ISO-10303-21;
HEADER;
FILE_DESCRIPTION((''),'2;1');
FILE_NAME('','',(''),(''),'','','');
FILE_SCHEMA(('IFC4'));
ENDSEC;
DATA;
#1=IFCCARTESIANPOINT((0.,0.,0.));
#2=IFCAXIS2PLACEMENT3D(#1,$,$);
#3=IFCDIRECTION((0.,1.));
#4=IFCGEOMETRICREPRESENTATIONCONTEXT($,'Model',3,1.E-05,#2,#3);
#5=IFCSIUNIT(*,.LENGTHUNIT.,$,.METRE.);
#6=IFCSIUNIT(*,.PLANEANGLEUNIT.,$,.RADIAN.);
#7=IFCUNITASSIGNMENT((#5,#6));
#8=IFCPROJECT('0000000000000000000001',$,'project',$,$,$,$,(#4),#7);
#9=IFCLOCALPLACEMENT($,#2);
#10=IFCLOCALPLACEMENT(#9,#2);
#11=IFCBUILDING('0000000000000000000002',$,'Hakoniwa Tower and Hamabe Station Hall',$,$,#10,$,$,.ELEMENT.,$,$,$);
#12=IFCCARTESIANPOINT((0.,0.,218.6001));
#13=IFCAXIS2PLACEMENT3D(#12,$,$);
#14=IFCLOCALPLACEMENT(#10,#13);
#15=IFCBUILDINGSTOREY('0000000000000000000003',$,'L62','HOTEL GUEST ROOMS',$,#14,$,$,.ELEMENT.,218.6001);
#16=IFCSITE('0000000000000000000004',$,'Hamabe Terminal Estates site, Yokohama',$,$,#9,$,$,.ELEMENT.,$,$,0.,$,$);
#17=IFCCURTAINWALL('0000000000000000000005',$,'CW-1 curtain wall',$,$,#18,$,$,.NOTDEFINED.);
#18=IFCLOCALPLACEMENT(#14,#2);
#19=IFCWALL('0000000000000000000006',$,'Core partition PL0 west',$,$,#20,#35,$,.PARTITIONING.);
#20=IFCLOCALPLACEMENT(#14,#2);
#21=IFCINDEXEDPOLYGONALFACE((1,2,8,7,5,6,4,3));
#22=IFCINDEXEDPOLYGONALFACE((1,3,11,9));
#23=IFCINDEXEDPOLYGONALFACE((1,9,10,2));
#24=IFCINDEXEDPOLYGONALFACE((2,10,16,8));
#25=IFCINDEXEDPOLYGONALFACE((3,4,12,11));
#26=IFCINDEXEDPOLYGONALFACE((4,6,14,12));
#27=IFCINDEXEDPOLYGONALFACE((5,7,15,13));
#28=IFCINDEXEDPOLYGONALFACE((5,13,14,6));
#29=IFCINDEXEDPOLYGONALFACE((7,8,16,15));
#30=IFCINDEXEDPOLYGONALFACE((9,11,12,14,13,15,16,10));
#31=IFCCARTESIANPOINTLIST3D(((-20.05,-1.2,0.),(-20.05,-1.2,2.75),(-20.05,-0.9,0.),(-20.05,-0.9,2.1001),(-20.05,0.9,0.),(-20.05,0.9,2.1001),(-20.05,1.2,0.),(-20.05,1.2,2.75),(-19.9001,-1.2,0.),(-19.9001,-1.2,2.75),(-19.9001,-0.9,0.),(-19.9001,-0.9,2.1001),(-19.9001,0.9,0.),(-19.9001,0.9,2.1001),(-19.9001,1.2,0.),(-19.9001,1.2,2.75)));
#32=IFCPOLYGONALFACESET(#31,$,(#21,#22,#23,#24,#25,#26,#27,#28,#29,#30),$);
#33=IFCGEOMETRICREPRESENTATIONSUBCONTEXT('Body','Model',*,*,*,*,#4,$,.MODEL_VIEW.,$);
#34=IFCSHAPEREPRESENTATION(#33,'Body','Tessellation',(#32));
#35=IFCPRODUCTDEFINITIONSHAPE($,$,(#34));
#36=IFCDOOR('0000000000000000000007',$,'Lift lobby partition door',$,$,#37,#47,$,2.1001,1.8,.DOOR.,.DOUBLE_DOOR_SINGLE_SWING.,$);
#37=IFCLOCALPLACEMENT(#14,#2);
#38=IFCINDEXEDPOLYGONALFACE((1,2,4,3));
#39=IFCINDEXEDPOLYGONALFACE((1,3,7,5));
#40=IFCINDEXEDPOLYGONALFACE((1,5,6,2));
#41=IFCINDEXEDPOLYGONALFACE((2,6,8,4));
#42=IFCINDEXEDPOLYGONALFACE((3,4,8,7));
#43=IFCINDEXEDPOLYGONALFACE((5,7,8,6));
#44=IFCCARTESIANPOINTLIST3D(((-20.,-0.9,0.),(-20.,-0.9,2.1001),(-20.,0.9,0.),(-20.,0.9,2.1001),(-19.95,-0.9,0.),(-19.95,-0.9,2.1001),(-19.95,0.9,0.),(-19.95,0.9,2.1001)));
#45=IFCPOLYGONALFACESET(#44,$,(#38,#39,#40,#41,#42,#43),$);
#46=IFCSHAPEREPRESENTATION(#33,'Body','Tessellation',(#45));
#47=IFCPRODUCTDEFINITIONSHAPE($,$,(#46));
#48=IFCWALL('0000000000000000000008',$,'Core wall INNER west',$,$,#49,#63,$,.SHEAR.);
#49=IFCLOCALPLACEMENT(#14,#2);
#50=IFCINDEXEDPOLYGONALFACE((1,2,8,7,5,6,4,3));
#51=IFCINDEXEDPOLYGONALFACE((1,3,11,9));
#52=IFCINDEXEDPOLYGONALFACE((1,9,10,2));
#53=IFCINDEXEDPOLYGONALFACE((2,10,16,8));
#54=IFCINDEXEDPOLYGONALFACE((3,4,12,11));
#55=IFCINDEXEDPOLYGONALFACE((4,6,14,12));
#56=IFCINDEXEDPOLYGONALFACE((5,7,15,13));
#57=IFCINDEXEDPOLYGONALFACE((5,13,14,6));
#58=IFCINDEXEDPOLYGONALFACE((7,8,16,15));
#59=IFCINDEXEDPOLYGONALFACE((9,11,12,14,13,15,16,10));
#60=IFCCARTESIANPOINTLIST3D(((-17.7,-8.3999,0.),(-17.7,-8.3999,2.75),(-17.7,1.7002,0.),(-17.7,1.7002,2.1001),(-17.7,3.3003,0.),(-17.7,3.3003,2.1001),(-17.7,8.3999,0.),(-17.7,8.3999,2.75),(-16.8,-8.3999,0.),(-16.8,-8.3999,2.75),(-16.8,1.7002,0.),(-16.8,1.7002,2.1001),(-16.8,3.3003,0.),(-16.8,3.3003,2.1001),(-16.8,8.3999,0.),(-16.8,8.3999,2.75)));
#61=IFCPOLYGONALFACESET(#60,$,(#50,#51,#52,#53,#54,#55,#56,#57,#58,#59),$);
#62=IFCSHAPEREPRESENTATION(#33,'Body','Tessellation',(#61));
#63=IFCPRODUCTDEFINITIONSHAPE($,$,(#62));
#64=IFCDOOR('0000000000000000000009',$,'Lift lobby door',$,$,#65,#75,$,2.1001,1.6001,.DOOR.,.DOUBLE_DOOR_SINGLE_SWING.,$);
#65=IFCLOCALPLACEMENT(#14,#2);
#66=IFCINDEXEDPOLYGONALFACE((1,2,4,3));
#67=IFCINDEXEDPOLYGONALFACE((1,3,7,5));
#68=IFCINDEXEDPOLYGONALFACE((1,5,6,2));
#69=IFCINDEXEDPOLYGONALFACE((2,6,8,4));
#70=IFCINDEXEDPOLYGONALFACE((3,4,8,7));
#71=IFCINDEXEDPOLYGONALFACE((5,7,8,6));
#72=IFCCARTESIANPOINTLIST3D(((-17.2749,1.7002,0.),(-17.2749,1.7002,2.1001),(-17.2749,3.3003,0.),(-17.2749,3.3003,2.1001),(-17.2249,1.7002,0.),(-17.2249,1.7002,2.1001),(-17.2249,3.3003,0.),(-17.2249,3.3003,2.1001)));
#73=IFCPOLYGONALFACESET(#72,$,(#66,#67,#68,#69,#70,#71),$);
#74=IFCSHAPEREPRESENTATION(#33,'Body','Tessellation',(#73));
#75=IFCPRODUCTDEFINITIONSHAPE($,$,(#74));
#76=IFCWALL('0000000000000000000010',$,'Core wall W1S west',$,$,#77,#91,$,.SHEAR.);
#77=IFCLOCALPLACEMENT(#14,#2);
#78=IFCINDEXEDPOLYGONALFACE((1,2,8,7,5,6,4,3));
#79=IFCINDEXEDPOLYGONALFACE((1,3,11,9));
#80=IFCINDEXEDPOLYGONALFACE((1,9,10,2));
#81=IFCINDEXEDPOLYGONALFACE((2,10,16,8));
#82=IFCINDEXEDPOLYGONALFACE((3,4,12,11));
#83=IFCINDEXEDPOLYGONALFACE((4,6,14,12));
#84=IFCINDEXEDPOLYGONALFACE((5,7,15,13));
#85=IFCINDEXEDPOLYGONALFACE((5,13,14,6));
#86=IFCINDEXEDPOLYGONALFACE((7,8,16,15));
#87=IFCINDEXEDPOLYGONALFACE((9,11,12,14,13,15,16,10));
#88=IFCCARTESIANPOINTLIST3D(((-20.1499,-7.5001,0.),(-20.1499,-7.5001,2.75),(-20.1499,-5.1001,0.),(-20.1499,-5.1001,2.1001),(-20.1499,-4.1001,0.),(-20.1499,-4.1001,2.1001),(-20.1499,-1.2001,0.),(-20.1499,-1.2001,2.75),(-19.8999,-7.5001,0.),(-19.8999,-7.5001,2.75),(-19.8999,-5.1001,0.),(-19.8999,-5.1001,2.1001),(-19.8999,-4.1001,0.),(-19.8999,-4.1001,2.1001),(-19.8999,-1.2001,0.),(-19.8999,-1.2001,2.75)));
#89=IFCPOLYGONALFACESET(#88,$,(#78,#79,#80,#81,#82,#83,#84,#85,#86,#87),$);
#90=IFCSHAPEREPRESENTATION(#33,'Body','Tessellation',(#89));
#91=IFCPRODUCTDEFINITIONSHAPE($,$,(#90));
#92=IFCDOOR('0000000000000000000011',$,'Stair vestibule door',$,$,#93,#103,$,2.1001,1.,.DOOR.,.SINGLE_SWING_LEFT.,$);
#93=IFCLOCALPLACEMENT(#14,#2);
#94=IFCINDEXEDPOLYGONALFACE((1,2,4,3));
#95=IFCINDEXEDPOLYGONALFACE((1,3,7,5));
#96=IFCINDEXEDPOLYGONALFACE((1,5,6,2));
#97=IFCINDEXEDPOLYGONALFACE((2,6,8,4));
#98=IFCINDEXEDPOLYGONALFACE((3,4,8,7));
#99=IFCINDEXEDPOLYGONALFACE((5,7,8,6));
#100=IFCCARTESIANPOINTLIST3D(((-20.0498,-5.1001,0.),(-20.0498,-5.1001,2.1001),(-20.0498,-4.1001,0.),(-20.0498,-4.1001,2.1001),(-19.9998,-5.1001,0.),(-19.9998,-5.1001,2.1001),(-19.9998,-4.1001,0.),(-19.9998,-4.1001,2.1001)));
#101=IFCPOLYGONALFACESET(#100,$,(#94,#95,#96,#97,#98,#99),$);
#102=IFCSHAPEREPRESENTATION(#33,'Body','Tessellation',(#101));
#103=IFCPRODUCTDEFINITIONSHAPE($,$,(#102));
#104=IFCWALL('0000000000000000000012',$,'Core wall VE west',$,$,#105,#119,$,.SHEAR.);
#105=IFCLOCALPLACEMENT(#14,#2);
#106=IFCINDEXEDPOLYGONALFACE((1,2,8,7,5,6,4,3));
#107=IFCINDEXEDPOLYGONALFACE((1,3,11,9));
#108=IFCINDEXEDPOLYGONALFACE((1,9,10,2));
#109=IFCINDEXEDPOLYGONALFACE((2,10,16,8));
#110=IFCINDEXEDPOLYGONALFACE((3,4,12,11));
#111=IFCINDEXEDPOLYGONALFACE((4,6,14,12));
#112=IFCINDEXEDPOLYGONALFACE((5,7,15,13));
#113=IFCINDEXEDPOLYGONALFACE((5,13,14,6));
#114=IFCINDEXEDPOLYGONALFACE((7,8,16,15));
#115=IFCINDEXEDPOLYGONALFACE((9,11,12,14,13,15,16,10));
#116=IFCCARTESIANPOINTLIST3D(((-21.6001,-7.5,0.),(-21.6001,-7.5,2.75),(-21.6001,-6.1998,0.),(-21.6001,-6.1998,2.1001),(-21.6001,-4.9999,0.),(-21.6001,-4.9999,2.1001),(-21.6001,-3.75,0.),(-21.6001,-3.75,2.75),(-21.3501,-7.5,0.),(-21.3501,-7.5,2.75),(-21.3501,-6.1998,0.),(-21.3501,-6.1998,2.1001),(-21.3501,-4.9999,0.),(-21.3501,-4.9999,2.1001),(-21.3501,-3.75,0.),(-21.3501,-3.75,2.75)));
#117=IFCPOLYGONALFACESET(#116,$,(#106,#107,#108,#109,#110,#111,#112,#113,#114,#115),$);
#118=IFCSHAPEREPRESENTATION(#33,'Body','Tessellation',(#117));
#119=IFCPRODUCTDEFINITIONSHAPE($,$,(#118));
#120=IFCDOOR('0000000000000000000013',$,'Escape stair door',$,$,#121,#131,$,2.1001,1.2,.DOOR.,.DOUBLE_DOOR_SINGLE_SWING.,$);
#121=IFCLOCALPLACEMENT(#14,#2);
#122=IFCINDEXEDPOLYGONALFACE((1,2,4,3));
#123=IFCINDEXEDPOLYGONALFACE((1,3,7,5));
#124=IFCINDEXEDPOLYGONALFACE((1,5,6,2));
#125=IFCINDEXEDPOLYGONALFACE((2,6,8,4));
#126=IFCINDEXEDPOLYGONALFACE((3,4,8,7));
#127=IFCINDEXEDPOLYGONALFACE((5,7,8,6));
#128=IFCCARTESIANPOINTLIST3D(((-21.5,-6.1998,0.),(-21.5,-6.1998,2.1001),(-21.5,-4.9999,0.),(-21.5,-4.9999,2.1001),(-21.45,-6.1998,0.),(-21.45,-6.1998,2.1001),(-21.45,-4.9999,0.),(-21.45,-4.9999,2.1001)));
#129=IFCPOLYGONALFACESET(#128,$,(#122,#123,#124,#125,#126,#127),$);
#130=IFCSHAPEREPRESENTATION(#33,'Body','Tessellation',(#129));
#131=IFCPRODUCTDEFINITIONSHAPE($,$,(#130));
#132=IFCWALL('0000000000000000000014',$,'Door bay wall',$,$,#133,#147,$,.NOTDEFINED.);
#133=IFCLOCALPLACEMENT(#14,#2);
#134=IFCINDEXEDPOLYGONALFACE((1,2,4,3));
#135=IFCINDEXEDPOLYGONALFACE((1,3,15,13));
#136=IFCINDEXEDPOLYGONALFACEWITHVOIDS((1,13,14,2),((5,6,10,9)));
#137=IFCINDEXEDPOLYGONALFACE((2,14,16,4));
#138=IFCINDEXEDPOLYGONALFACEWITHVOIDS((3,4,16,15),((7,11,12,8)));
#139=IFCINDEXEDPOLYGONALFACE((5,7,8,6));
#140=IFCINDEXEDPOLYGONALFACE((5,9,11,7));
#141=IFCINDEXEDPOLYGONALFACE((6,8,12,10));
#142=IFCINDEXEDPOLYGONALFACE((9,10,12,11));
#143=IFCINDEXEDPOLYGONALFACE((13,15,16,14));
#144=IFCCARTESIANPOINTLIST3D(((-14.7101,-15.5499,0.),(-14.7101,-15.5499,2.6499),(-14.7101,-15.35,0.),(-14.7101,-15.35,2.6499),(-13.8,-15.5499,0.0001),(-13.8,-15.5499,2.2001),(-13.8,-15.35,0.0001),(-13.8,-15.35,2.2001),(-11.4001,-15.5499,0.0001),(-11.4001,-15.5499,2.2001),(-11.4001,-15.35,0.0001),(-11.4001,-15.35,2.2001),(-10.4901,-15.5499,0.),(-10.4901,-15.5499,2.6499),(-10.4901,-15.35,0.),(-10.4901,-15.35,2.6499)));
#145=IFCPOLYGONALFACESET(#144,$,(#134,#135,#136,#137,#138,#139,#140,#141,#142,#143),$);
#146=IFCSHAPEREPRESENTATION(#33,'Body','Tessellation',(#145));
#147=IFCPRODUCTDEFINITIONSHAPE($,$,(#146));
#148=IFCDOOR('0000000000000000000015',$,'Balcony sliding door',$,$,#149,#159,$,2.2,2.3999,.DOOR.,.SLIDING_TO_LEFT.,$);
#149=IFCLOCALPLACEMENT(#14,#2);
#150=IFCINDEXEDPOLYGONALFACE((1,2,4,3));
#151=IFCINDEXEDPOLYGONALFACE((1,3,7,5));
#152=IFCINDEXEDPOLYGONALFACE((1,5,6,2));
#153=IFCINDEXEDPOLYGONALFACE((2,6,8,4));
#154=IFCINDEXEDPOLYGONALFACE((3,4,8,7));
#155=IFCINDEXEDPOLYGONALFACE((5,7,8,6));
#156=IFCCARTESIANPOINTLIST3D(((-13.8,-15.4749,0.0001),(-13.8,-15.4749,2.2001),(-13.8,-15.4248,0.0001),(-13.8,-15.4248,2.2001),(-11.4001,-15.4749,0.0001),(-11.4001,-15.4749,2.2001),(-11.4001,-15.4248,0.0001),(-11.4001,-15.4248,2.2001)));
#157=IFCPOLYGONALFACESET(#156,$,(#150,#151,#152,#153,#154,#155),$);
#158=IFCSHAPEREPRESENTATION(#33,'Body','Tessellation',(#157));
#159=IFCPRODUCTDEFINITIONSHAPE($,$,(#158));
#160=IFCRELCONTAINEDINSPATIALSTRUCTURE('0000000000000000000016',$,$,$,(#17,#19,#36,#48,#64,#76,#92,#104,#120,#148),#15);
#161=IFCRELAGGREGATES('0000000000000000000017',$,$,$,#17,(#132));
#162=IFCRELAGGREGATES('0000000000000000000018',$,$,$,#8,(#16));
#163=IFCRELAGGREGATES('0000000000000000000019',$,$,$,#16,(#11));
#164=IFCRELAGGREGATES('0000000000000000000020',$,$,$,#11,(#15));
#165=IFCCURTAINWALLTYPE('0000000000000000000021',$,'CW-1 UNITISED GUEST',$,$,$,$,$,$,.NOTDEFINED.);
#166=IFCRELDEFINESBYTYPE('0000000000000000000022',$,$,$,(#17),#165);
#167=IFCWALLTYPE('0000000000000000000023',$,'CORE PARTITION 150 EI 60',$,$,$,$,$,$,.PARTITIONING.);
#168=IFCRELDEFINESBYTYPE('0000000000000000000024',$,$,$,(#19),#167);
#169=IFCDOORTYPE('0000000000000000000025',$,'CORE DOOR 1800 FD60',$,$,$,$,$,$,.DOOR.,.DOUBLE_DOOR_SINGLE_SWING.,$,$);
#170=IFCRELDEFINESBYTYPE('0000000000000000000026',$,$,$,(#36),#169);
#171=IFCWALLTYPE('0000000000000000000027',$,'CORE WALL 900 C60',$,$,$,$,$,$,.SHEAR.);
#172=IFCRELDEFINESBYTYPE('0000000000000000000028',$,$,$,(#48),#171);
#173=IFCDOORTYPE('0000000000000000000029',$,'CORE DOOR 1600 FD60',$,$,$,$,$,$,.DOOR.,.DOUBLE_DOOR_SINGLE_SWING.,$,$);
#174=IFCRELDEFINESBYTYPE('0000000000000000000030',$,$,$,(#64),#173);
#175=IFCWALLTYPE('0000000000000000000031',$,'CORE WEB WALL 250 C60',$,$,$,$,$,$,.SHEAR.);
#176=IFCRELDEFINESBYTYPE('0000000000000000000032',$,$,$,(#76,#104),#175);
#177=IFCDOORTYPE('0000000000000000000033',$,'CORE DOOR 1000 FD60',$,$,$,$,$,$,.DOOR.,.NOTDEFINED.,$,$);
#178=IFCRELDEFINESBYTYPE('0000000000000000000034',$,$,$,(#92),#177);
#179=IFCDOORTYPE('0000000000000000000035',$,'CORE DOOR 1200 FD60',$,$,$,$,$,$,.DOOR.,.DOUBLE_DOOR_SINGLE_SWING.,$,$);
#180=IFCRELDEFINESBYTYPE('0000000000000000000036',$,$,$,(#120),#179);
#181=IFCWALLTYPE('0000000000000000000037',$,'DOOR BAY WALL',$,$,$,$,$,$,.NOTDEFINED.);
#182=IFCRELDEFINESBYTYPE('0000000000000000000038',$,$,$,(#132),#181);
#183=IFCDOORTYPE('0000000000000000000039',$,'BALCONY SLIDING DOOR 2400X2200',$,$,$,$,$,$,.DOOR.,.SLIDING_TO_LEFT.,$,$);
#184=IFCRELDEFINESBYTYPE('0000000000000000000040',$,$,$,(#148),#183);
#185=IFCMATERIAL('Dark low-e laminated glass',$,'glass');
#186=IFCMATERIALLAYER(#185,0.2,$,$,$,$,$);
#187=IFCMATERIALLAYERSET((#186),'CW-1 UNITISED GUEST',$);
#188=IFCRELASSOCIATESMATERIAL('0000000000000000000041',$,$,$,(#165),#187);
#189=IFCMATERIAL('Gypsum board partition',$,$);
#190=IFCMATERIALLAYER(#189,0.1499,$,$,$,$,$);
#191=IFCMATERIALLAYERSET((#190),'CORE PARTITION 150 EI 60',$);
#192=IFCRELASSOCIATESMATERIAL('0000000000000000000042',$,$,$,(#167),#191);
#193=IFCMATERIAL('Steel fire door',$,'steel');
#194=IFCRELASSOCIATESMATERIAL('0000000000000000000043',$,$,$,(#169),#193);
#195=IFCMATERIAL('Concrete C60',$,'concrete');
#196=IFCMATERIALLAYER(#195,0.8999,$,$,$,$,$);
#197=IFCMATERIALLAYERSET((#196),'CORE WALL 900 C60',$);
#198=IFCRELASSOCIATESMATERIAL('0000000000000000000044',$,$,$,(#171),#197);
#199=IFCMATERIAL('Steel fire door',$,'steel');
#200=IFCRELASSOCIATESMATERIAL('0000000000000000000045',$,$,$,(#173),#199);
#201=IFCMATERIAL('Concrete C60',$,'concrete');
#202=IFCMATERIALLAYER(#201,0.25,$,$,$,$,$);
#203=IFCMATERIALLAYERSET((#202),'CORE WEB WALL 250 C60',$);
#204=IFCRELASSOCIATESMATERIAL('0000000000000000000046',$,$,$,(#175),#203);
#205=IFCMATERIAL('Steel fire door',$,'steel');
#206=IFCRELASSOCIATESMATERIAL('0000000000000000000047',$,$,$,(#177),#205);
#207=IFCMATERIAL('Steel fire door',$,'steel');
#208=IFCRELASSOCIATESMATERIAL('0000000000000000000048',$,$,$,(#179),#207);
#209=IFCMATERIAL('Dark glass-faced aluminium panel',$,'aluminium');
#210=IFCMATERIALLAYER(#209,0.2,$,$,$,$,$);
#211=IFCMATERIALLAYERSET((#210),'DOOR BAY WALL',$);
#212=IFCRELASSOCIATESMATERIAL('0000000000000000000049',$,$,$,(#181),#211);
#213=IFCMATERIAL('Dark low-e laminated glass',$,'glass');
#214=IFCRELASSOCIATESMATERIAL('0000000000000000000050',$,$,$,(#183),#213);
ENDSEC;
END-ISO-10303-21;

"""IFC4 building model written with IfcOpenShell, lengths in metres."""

from ifc_helpers import new_model, si_unit, direction, frame, frame_2d, origin, place, context, subcontext, project, spatial, rectangle, extrude, material, layer, layer_set, type_object, element, fill, aggregate, save


model = new_model("IFC4")

# Units and contexts
model_context = context("Model", 3, precision=1e-05, world=origin(), true_north=direction((0.0, 1.0)))
body_context = subcontext(model_context, "Body", "Model", "MODEL_VIEW")
ifc_project = project(units=[si_unit("LENGTHUNIT", "METRE"), si_unit("PLANEANGLEUNIT", "RADIAN")], contexts=[model_context])

# Site, building, storey
site_placement = place(None, origin())
site = spatial("IfcSite", under=ifc_project, at=site_placement, Name="Hamabe Terminal Estates site, Yokohama", CompositionType="ELEMENT", RefElevation=0.0)
building_placement = place(site_placement, origin())
building = spatial("IfcBuilding", under=site, at=building_placement, Name="Hakoniwa Tower and Hamabe Station Hall", CompositionType="ELEMENT")
storey_placement = place(building_placement, frame((0.0, 0.0, 218.6001)))
storey = spatial("IfcBuildingStorey", under=building, at=storey_placement, Name="L62", Description="HOTEL GUEST ROOMS", CompositionType="ELEMENT", Elevation=218.6001)

# Curtain wall
ifc_material_1 = material(Name="Dark low-e laminated glass", Category="glass")
ifc_layer_1 = layer(ifc_material_1, 0.2)
ifc_layer_set_1 = layer_set([ifc_layer_1], Name="CW-1 UNITISED GUEST")
curtain_wall_type = type_object("IfcCurtainWallType", Name="CW-1 UNITISED GUEST", PredefinedType="NOTDEFINED", material=ifc_layer_set_1)
curtain_wall_placement = place(storey_placement, origin())
curtain_wall = element("IfcCurtainWall", 1, at=curtain_wall_placement, inside=storey, type_object=curtain_wall_type, Name="CW-1 curtain wall", PredefinedType="NOTDEFINED")

# Walls, openings, doors
ifc_material_2 = material(Name="Gypsum board partition")
ifc_layer_2 = layer(ifc_material_2, 0.1499)
ifc_layer_set_2 = layer_set([ifc_layer_2], Name="CORE PARTITION 150 EI 60")
wall_type_1 = type_object("IfcWallType", Name="CORE PARTITION 150 EI 60", PredefinedType="PARTITIONING", material=ifc_layer_set_2)
wall_1_placement = place(storey_placement, frame((-19.9751, -1.2, 0.0), z_axis=(0.0, 0.0, 1.0), x_axis=(0.0, 1.0, 0.0)))
wall_1 = element("IfcWall", 2, at=wall_1_placement, inside=storey, type_object=wall_type_1, Name="Core partition PL0 west", PredefinedType="PARTITIONING", context=body_context, shape_type="SweptSolid", body=[
    extrude(rectangle(XDim=2.3999, YDim=0.1499, at=frame_2d((1.2, 0.0))), origin(), (0.0, 0.0, 1.0), 2.75),
])
opening_1_placement = place(wall_1_placement, frame((0.3, 0.0, 0.0)))
opening_1 = element("IfcOpeningElement", 3, at=opening_1_placement, cuts=wall_1, PredefinedType="OPENING", context=body_context, shape_type="SweptSolid", body=[
    extrude(rectangle(XDim=1.8, YDim=2.1001, at=frame_2d((0.8999, 1.05))), frame((0.0, 0.085, 0.0), z_axis=(0.0, -1.0, 0.0), x_axis=(1.0, 0.0, 0.0)), (0.0, 0.0, 1.0), 0.1699),
])
ifc_material_3 = material(Name="Steel fire door", Category="steel")
door_type_1 = type_object("IfcDoorType", Name="CORE DOOR 1800 FD60", OperationType="DOUBLE_DOOR_SINGLE_SWING", PredefinedType="DOOR", material=ifc_material_3)
door_1_placement = place(opening_1_placement, origin())
door_1 = element("IfcDoor", 4, at=door_1_placement, inside=storey, type_object=door_type_1, Name="Lift lobby partition door", OperationType="DOUBLE_DOOR_SINGLE_SWING", OverallHeight=2.1001, OverallWidth=1.8, PredefinedType="DOOR", context=body_context, shape_type="SweptSolid", body=[
    extrude(rectangle(XDim=1.8, YDim=2.1001, at=frame_2d((0.8999, 1.05))), frame((0.0, 0.0249, 0.0), z_axis=(0.0, -1.0, 0.0), x_axis=(1.0, 0.0, 0.0)), (0.0, 0.0, 1.0), 0.05),
])
fill(opening_1, door_1)
ifc_material_4 = material(Name="Concrete C60", Category="concrete")
ifc_layer_3 = layer(ifc_material_4, 0.8999)
ifc_layer_set_3 = layer_set([ifc_layer_3], Name="CORE WALL 900 C60")
wall_type_2 = type_object("IfcWallType", Name="CORE WALL 900 C60", PredefinedType="SHEAR", material=ifc_layer_set_3)
wall_2_placement = place(storey_placement, frame((-17.25, -8.3999, 0.0), z_axis=(0.0, 0.0, 1.0), x_axis=(0.0, 1.0, 0.0)))
wall_2 = element("IfcWall", 5, at=wall_2_placement, inside=storey, type_object=wall_type_2, Name="Core wall INNER west", PredefinedType="SHEAR", context=body_context, shape_type="SweptSolid", body=[
    extrude(rectangle(XDim=16.7998, YDim=0.8999, at=frame_2d((8.3999, 0.0))), origin(), (0.0, 0.0, 1.0), 2.75),
])
opening_2_placement = place(wall_2_placement, frame((10.1001, 0.0, 0.0)))
opening_2 = element("IfcOpeningElement", 6, at=opening_2_placement, cuts=wall_2, PredefinedType="OPENING", context=body_context, shape_type="SweptSolid", body=[
    extrude(rectangle(XDim=1.6001, YDim=2.1001, at=frame_2d((0.8, 1.05))), frame((0.0, 0.46, 0.0), z_axis=(0.0, -1.0, 0.0), x_axis=(1.0, 0.0, 0.0)), (0.0, 0.0, 1.0), 0.9199),
])
ifc_material_5 = material(Name="Steel fire door", Category="steel")
door_type_2 = type_object("IfcDoorType", Name="CORE DOOR 1600 FD60", OperationType="DOUBLE_DOOR_SINGLE_SWING", PredefinedType="DOOR", material=ifc_material_5)
door_2_placement = place(opening_2_placement, origin())
door_2 = element("IfcDoor", 7, at=door_2_placement, inside=storey, type_object=door_type_2, Name="Lift lobby door", OperationType="DOUBLE_DOOR_SINGLE_SWING", OverallHeight=2.1001, OverallWidth=1.6001, PredefinedType="DOOR", context=body_context, shape_type="SweptSolid", body=[
    extrude(rectangle(XDim=1.6001, YDim=2.1001, at=frame_2d((0.8, 1.05))), frame((0.0, 0.0249, 0.0), z_axis=(0.0, -1.0, 0.0), x_axis=(1.0, 0.0, 0.0)), (0.0, 0.0, 1.0), 0.05),
])
fill(opening_2, door_2)
ifc_material_6 = material(Name="Concrete C60", Category="concrete")
ifc_layer_4 = layer(ifc_material_6, 0.25)
ifc_layer_set_4 = layer_set([ifc_layer_4], Name="CORE WEB WALL 250 C60")
wall_type_3 = type_object("IfcWallType", Name="CORE WEB WALL 250 C60", PredefinedType="SHEAR", material=ifc_layer_set_4)
wall_3_placement = place(storey_placement, frame((-20.0249, -7.5, 0.0), z_axis=(0.0, 0.0, 1.0), x_axis=(0.0, 1.0, 0.0)))
wall_3 = element("IfcWall", 8, at=wall_3_placement, inside=storey, type_object=wall_type_3, Name="Core wall W1S west", PredefinedType="SHEAR", context=body_context, shape_type="SweptSolid", body=[
    extrude(rectangle(XDim=6.3, YDim=0.25, at=frame_2d((3.1499, 0.0))), origin(), (0.0, 0.0, 1.0), 2.75),
])
opening_3_placement = place(wall_3_placement, frame((2.3999, 0.0, 0.0)))
opening_3 = element("IfcOpeningElement", 9, at=opening_3_placement, cuts=wall_3, PredefinedType="OPENING", context=body_context, shape_type="SweptSolid", body=[
    extrude(rectangle(XDim=1.0, YDim=2.1001, at=frame_2d((0.5, 1.05))), frame((0.0, 0.135, 0.0), z_axis=(0.0, -1.0, 0.0), x_axis=(1.0, 0.0, 0.0)), (0.0, 0.0, 1.0), 0.27),
])
ifc_material_7 = material(Name="Steel fire door", Category="steel")
door_type_3 = type_object("IfcDoorType", Name="CORE DOOR 1000 FD60", OperationType="NOTDEFINED", PredefinedType="DOOR", material=ifc_material_7)
door_3_placement = place(opening_3_placement, origin())
door_3 = element("IfcDoor", 10, at=door_3_placement, inside=storey, type_object=door_type_3, Name="Stair vestibule door", OperationType="SINGLE_SWING_LEFT", OverallHeight=2.1001, OverallWidth=1.0, PredefinedType="DOOR", context=body_context, shape_type="SweptSolid", body=[
    extrude(rectangle(XDim=1.0, YDim=2.1001, at=frame_2d((0.5, 1.05))), frame((0.0, 0.0249, 0.0), z_axis=(0.0, -1.0, 0.0), x_axis=(1.0, 0.0, 0.0)), (0.0, 0.0, 1.0), 0.05),
])
fill(opening_3, door_3)
wall_4_placement = place(storey_placement, frame((-21.4751, -7.5, 0.0), z_axis=(0.0, 0.0, 1.0), x_axis=(0.0, 1.0, 0.0)))
wall_4 = element("IfcWall", 11, at=wall_4_placement, inside=storey, type_object=wall_type_3, Name="Core wall VE west", PredefinedType="SHEAR", context=body_context, shape_type="SweptSolid", body=[
    extrude(rectangle(XDim=3.75, YDim=0.25, at=frame_2d((1.875, 0.0))), origin(), (0.0, 0.0, 1.0), 2.75),
])
opening_4_placement = place(wall_4_placement, frame((1.3, 0.0, 0.0)))
opening_4 = element("IfcOpeningElement", 12, at=opening_4_placement, cuts=wall_4, PredefinedType="OPENING", context=body_context, shape_type="SweptSolid", body=[
    extrude(rectangle(XDim=1.2, YDim=2.1001, at=frame_2d((0.6001, 1.05))), frame((0.0, 0.135, 0.0), z_axis=(0.0, -1.0, 0.0), x_axis=(1.0, 0.0, 0.0)), (0.0, 0.0, 1.0), 0.27),
])
ifc_material_8 = material(Name="Steel fire door", Category="steel")
door_type_4 = type_object("IfcDoorType", Name="CORE DOOR 1200 FD60", OperationType="DOUBLE_DOOR_SINGLE_SWING", PredefinedType="DOOR", material=ifc_material_8)
door_4_placement = place(opening_4_placement, origin())
door_4 = element("IfcDoor", 13, at=door_4_placement, inside=storey, type_object=door_type_4, Name="Escape stair door", OperationType="DOUBLE_DOOR_SINGLE_SWING", OverallHeight=2.1001, OverallWidth=1.2, PredefinedType="DOOR", context=body_context, shape_type="SweptSolid", body=[
    extrude(rectangle(XDim=1.2, YDim=2.1001, at=frame_2d((0.6001, 1.05))), frame((0.0, 0.0249, 0.0), z_axis=(0.0, -1.0, 0.0), x_axis=(1.0, 0.0, 0.0)), (0.0, 0.0, 1.0), 0.05),
])
fill(opening_4, door_4)
ifc_material_9 = material(Name="Dark glass-faced aluminium panel", Category="aluminium")
ifc_layer_5 = layer(ifc_material_9, 0.2)
ifc_layer_set_5 = layer_set([ifc_layer_5], Name="DOOR BAY WALL")
wall_type_4 = type_object("IfcWallType", Name="DOOR BAY WALL", PredefinedType="NOTDEFINED", material=ifc_layer_set_5)
wall_5_placement = place(storey_placement, frame((-14.71, -15.45, 0.0), z_axis=(0.0, 0.0, 1.0), x_axis=(1.0, 0.0, 0.0)))
wall_5 = element("IfcWall", 14, at=wall_5_placement, type_object=wall_type_4, Name="Door bay wall", PredefinedType="NOTDEFINED", context=body_context, shape_type="SweptSolid", body=[
    extrude(rectangle(XDim=4.22, YDim=0.2, at=frame_2d((2.1099, 0.0))), origin(), (0.0, 0.0, 1.0), 2.6499),
])
opening_5_placement = place(wall_5_placement, frame((0.9099, 0.0, 0.0)))
opening_5 = element("IfcOpeningElement", 15, at=opening_5_placement, cuts=wall_5, PredefinedType="OPENING", context=body_context, shape_type="SweptSolid", body=[
    extrude(rectangle(XDim=2.3999, YDim=2.2, at=frame_2d((1.2, 1.1001))), frame((0.0, 0.1099, 0.0), z_axis=(0.0, -1.0, 0.0), x_axis=(1.0, 0.0, 0.0)), (0.0, 0.0, 1.0), 0.22),
])
ifc_material_10 = material(Name="Dark low-e laminated glass", Category="glass")
door_type_5 = type_object("IfcDoorType", Name="BALCONY SLIDING DOOR 2400X2200", OperationType="SLIDING_TO_LEFT", PredefinedType="DOOR", material=ifc_material_10)
door_5_placement = place(opening_5_placement, frame((2.3999, 0.0, 0.0), z_axis=(0.0, 0.0, 1.0), x_axis=(-1.0, 0.0, 0.0)))
door_5 = element("IfcDoor", 16, at=door_5_placement, inside=storey, type_object=door_type_5, Name="Balcony sliding door", OperationType="SLIDING_TO_LEFT", OverallHeight=2.2, OverallWidth=2.3999, PredefinedType="DOOR", context=body_context, shape_type="SweptSolid", body=[
    extrude(rectangle(XDim=2.3999, YDim=2.2, at=frame_2d((1.2, 1.1001))), frame((0.0, 0.0249, 0.0), z_axis=(0.0, -1.0, 0.0), x_axis=(1.0, 0.0, 0.0)), (0.0, 0.0, 1.0), 0.05),
])
fill(opening_5, door_5)
aggregate(curtain_wall, [wall_5])

save(model, "model.ifc")
